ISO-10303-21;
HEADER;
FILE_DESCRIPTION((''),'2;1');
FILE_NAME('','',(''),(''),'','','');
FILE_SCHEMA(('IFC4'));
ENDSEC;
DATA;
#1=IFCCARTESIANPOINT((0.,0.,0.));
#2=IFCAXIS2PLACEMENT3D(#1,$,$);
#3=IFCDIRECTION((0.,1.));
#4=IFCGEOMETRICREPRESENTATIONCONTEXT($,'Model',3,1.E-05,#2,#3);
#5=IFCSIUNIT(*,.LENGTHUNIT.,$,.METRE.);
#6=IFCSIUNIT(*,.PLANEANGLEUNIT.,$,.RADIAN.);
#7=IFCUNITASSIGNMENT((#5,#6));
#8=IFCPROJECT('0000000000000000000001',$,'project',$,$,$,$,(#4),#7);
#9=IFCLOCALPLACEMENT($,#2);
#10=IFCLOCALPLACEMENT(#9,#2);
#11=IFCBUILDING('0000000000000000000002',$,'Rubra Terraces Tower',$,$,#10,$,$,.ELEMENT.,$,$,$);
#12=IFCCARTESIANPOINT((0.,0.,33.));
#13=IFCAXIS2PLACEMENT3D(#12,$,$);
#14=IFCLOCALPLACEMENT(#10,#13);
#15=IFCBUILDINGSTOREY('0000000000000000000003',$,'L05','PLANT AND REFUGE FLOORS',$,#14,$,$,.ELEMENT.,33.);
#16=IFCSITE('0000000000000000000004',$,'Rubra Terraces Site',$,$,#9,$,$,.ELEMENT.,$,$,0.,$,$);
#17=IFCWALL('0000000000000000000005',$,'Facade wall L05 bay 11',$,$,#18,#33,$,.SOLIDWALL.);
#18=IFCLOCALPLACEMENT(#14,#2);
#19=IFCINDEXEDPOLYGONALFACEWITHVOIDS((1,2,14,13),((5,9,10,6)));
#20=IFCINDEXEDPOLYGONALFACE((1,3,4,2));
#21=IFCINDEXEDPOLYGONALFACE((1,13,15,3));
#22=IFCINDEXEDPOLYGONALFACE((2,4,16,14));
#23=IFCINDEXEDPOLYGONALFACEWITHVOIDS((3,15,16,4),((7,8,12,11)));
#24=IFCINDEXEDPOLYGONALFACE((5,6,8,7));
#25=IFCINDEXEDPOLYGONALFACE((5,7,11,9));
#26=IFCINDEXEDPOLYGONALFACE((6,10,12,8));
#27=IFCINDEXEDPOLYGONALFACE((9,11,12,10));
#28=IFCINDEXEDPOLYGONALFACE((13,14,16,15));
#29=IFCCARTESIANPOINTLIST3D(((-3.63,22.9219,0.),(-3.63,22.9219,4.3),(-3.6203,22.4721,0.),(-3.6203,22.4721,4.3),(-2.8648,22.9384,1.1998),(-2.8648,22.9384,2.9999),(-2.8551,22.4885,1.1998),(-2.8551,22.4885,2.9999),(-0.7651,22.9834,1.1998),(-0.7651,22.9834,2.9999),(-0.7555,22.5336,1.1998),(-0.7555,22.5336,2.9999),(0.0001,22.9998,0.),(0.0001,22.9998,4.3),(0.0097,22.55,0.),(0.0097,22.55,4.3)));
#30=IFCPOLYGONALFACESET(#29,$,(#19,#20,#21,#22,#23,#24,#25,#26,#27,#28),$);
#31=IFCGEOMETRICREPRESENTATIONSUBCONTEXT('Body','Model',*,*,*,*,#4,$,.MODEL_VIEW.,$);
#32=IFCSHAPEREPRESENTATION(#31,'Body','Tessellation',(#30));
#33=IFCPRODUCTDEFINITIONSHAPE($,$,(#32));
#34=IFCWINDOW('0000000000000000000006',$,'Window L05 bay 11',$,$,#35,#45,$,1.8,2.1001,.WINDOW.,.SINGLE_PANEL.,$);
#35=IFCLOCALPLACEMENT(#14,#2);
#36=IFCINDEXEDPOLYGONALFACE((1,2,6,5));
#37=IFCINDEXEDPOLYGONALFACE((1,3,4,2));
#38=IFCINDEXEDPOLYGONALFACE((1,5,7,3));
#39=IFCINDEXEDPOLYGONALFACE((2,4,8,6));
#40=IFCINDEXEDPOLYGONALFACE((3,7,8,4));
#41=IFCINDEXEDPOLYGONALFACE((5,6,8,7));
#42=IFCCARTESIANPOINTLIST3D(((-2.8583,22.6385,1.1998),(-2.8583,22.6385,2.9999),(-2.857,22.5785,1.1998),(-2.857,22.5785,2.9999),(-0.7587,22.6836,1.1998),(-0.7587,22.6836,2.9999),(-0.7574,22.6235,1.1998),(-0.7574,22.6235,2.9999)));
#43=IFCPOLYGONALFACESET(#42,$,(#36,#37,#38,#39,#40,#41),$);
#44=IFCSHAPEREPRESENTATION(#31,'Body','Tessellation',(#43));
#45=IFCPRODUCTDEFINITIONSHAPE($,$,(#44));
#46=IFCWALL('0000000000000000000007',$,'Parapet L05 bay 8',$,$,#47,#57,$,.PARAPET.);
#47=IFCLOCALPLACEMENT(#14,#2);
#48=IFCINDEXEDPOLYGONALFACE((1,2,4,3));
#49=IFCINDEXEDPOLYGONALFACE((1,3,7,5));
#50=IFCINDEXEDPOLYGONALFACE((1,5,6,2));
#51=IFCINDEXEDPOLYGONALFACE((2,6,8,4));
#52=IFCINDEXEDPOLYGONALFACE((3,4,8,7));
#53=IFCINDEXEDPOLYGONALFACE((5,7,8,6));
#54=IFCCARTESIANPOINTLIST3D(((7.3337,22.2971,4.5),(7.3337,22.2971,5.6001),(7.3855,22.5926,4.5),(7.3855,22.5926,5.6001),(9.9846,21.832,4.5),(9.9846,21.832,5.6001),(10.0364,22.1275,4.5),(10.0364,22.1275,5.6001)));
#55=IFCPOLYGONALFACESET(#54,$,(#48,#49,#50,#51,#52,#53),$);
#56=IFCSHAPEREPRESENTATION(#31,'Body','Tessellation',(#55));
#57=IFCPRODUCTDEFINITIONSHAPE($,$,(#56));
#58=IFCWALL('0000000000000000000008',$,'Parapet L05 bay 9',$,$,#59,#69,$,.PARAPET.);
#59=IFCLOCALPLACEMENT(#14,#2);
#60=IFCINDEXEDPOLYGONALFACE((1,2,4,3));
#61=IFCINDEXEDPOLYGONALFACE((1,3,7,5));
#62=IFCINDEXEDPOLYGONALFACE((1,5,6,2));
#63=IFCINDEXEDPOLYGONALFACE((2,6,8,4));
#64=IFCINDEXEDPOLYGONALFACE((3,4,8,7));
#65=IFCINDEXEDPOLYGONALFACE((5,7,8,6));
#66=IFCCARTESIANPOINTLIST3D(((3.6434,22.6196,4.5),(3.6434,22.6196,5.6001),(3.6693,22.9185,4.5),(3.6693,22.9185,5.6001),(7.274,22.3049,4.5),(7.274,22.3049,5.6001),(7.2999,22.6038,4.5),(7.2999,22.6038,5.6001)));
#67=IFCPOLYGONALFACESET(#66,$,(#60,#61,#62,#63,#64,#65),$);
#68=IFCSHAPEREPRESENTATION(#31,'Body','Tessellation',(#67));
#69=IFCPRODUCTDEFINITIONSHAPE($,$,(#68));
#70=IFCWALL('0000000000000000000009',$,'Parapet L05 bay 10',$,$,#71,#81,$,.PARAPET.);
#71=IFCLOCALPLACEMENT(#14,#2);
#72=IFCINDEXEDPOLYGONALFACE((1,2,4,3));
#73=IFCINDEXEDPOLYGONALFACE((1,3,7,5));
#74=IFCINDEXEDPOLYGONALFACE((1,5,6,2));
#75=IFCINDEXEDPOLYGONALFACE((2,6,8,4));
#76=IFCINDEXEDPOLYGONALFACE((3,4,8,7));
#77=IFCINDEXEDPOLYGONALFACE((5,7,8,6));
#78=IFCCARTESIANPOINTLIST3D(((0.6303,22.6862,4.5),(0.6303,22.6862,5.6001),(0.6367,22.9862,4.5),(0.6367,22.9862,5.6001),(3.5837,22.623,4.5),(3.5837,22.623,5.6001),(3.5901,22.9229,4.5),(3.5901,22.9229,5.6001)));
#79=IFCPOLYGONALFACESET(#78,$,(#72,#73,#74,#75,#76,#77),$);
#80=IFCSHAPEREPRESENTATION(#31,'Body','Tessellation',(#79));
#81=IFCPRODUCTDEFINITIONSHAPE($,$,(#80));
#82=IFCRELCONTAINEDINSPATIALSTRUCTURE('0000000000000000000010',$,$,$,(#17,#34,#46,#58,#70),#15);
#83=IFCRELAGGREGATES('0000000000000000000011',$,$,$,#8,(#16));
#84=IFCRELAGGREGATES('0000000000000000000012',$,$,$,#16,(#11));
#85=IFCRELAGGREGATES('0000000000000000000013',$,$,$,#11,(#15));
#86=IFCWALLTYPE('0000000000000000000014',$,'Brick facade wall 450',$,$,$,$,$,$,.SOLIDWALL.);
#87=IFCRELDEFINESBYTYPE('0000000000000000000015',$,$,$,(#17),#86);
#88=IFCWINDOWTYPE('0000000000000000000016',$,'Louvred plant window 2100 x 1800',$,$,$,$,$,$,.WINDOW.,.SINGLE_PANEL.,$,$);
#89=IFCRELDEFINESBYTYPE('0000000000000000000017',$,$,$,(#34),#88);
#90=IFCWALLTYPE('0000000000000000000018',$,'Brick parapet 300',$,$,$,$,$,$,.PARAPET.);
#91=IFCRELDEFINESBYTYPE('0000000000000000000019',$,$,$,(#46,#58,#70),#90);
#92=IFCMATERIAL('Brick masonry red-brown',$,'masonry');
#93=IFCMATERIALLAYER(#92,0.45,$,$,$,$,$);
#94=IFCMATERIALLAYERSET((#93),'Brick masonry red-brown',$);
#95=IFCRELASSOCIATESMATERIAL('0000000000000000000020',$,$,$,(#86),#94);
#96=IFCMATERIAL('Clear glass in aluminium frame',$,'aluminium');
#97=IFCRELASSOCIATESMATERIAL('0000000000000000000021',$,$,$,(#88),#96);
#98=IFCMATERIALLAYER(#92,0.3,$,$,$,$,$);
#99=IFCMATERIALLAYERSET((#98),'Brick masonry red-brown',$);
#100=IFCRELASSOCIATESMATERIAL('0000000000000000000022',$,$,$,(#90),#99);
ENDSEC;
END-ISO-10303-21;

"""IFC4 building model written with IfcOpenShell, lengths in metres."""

from ifc_helpers import new_model, si_unit, direction, frame, frame_2d, origin, place, context, subcontext, project, spatial, rectangle, extrude, material, layer, layer_set, type_object, element, fill, save


model = new_model("IFC4")

# Units and contexts
model_context = context("Model", 3, precision=1e-05, world=origin(), true_north=direction((0.0, 1.0)))
body_context = subcontext(model_context, "Body", "Model", "MODEL_VIEW")
ifc_project = project(units=[si_unit("LENGTHUNIT", "METRE"), si_unit("PLANEANGLEUNIT", "RADIAN")], contexts=[model_context])

# Site, building, storey
site_placement = place(None, origin())
site = spatial("IfcSite", under=ifc_project, at=site_placement, Name="Rubra Terraces Site", CompositionType="ELEMENT", RefElevation=0.0)
building_placement = place(site_placement, origin())
building = spatial("IfcBuilding", under=site, at=building_placement, Name="Rubra Terraces Tower", CompositionType="ELEMENT")
storey_placement = place(building_placement, frame((0.0, 0.0, 33.0)))
storey = spatial("IfcBuildingStorey", under=building, at=storey_placement, Name="L05", Description="PLANT AND REFUGE FLOORS", CompositionType="ELEMENT", Elevation=33.0)

# Wall, opening, window
ifc_material_1 = material(Name="Brick masonry red-brown", Category="masonry")
ifc_layer_1 = layer(ifc_material_1, 0.45)
ifc_layer_set_1 = layer_set([ifc_layer_1], Name="Brick masonry red-brown")
wall_type_1 = type_object("IfcWallType", Name="Brick facade wall 450", PredefinedType="SOLIDWALL", material=ifc_layer_set_1)
ifc_material_2 = material(Name="Clear glass in aluminium frame", Category="aluminium")
window_type = type_object("IfcWindowType", Name="Louvred plant window 2100 x 1800", PartitioningType="SINGLE_PANEL", PredefinedType="WINDOW", material=ifc_material_2)
wall_1_placement = place(storey_placement, frame((0.0049, 22.7749, 0.0), z_axis=(0.0, 0.0, 1.0), x_axis=(-0.99977, -0.021449, 0.0)))
wall_1 = element("IfcWall", 1, at=wall_1_placement, inside=storey, type_object=wall_type_1, Name="Facade wall L05 bay 11", PredefinedType="SOLIDWALL", context=body_context, shape_type="SweptSolid", body=[
    extrude(rectangle(XDim=3.6309, YDim=0.45, at=frame_2d((1.8154, 0.0))), origin(), (0.0, 0.0, 1.0), 4.3),
])
opening_1_placement = place(wall_1_placement, frame((0.7654, 0.0, 1.2)))
opening_1 = element("IfcOpeningElement", 2, at=opening_1_placement, cuts=wall_1, PredefinedType="OPENING", context=body_context, shape_type="SweptSolid", body=[
    extrude(rectangle(XDim=2.1001, YDim=1.8, at=frame_2d((1.05, 0.8999))), frame((0.0, 0.2349, 0.0), z_axis=(0.0, -1.0, 0.0), x_axis=(1.0, 0.0, 0.0)), (0.0, 0.0, 1.0), 0.47),
])
window_1_placement = place(opening_1_placement, origin())
window_1 = element("IfcWindow", 3, at=window_1_placement, inside=storey, type_object=window_type, Name="Window L05 bay 11", OverallHeight=1.8, OverallWidth=2.1001, PartitioningType="SINGLE_PANEL", PredefinedType="WINDOW", context=body_context, shape_type="SweptSolid", body=[
    extrude(rectangle(XDim=2.1001, YDim=1.8, at=frame_2d((1.05, 0.8999))), frame((0.0, 0.135, 0.0), z_axis=(0.0, -1.0, 0.0), x_axis=(1.0, 0.0, 0.0)), (0.0, 0.0, 1.0), 0.0601),
])
fill(opening_1, window_1)

# Walls
ifc_layer_2 = layer(ifc_material_1, 0.3)
ifc_layer_set_2 = layer_set([ifc_layer_2], Name="Brick masonry red-brown")
wall_type_2 = type_object("IfcWallType", Name="Brick parapet 300", PredefinedType="PARAPET", material=ifc_layer_set_2)
wall_2_placement = place(storey_placement, frame((10.0105, 21.9797, 4.5), z_axis=(0.0, 0.0, 1.0), x_axis=(-0.984956, 0.172807, 0.0)))
element("IfcWall", 4, at=wall_2_placement, inside=storey, type_object=wall_type_2, Name="Parapet L05 bay 8", PredefinedType="PARAPET", context=body_context, shape_type="SweptSolid", body=[
    extrude(rectangle(XDim=2.6914, YDim=0.3, at=frame_2d((1.3457, 0.0))), origin(), (0.0, 0.0, 1.0), 1.1001),
])
wall_3_placement = place(storey_placement, frame((7.2871, 22.4543, 4.5), z_axis=(0.0, 0.0, 1.0), x_axis=(-0.996264, 0.086355, 0.0)))
element("IfcWall", 5, at=wall_3_placement, inside=storey, type_object=wall_type_2, Name="Parapet L05 bay 9", PredefinedType="PARAPET", context=body_context, shape_type="SweptSolid", body=[
    extrude(rectangle(XDim=3.6443, YDim=0.3, at=frame_2d((1.8223, 0.0))), origin(), (0.0, 0.0, 1.0), 1.1001),
])
wall_4_placement = place(storey_placement, frame((3.5869, 22.7729, 4.5), z_axis=(0.0, 0.0, 1.0), x_axis=(-0.999771, 0.021405, 0.0)))
element("IfcWall", 6, at=wall_4_placement, inside=storey, type_object=wall_type_2, Name="Parapet L05 bay 10", PredefinedType="PARAPET", context=body_context, shape_type="SweptSolid", body=[
    extrude(rectangle(XDim=2.9541, YDim=0.3, at=frame_2d((1.4771, 0.0))), origin(), (0.0, 0.0, 1.0), 1.1001),
])

save(model, "model.ifc")
